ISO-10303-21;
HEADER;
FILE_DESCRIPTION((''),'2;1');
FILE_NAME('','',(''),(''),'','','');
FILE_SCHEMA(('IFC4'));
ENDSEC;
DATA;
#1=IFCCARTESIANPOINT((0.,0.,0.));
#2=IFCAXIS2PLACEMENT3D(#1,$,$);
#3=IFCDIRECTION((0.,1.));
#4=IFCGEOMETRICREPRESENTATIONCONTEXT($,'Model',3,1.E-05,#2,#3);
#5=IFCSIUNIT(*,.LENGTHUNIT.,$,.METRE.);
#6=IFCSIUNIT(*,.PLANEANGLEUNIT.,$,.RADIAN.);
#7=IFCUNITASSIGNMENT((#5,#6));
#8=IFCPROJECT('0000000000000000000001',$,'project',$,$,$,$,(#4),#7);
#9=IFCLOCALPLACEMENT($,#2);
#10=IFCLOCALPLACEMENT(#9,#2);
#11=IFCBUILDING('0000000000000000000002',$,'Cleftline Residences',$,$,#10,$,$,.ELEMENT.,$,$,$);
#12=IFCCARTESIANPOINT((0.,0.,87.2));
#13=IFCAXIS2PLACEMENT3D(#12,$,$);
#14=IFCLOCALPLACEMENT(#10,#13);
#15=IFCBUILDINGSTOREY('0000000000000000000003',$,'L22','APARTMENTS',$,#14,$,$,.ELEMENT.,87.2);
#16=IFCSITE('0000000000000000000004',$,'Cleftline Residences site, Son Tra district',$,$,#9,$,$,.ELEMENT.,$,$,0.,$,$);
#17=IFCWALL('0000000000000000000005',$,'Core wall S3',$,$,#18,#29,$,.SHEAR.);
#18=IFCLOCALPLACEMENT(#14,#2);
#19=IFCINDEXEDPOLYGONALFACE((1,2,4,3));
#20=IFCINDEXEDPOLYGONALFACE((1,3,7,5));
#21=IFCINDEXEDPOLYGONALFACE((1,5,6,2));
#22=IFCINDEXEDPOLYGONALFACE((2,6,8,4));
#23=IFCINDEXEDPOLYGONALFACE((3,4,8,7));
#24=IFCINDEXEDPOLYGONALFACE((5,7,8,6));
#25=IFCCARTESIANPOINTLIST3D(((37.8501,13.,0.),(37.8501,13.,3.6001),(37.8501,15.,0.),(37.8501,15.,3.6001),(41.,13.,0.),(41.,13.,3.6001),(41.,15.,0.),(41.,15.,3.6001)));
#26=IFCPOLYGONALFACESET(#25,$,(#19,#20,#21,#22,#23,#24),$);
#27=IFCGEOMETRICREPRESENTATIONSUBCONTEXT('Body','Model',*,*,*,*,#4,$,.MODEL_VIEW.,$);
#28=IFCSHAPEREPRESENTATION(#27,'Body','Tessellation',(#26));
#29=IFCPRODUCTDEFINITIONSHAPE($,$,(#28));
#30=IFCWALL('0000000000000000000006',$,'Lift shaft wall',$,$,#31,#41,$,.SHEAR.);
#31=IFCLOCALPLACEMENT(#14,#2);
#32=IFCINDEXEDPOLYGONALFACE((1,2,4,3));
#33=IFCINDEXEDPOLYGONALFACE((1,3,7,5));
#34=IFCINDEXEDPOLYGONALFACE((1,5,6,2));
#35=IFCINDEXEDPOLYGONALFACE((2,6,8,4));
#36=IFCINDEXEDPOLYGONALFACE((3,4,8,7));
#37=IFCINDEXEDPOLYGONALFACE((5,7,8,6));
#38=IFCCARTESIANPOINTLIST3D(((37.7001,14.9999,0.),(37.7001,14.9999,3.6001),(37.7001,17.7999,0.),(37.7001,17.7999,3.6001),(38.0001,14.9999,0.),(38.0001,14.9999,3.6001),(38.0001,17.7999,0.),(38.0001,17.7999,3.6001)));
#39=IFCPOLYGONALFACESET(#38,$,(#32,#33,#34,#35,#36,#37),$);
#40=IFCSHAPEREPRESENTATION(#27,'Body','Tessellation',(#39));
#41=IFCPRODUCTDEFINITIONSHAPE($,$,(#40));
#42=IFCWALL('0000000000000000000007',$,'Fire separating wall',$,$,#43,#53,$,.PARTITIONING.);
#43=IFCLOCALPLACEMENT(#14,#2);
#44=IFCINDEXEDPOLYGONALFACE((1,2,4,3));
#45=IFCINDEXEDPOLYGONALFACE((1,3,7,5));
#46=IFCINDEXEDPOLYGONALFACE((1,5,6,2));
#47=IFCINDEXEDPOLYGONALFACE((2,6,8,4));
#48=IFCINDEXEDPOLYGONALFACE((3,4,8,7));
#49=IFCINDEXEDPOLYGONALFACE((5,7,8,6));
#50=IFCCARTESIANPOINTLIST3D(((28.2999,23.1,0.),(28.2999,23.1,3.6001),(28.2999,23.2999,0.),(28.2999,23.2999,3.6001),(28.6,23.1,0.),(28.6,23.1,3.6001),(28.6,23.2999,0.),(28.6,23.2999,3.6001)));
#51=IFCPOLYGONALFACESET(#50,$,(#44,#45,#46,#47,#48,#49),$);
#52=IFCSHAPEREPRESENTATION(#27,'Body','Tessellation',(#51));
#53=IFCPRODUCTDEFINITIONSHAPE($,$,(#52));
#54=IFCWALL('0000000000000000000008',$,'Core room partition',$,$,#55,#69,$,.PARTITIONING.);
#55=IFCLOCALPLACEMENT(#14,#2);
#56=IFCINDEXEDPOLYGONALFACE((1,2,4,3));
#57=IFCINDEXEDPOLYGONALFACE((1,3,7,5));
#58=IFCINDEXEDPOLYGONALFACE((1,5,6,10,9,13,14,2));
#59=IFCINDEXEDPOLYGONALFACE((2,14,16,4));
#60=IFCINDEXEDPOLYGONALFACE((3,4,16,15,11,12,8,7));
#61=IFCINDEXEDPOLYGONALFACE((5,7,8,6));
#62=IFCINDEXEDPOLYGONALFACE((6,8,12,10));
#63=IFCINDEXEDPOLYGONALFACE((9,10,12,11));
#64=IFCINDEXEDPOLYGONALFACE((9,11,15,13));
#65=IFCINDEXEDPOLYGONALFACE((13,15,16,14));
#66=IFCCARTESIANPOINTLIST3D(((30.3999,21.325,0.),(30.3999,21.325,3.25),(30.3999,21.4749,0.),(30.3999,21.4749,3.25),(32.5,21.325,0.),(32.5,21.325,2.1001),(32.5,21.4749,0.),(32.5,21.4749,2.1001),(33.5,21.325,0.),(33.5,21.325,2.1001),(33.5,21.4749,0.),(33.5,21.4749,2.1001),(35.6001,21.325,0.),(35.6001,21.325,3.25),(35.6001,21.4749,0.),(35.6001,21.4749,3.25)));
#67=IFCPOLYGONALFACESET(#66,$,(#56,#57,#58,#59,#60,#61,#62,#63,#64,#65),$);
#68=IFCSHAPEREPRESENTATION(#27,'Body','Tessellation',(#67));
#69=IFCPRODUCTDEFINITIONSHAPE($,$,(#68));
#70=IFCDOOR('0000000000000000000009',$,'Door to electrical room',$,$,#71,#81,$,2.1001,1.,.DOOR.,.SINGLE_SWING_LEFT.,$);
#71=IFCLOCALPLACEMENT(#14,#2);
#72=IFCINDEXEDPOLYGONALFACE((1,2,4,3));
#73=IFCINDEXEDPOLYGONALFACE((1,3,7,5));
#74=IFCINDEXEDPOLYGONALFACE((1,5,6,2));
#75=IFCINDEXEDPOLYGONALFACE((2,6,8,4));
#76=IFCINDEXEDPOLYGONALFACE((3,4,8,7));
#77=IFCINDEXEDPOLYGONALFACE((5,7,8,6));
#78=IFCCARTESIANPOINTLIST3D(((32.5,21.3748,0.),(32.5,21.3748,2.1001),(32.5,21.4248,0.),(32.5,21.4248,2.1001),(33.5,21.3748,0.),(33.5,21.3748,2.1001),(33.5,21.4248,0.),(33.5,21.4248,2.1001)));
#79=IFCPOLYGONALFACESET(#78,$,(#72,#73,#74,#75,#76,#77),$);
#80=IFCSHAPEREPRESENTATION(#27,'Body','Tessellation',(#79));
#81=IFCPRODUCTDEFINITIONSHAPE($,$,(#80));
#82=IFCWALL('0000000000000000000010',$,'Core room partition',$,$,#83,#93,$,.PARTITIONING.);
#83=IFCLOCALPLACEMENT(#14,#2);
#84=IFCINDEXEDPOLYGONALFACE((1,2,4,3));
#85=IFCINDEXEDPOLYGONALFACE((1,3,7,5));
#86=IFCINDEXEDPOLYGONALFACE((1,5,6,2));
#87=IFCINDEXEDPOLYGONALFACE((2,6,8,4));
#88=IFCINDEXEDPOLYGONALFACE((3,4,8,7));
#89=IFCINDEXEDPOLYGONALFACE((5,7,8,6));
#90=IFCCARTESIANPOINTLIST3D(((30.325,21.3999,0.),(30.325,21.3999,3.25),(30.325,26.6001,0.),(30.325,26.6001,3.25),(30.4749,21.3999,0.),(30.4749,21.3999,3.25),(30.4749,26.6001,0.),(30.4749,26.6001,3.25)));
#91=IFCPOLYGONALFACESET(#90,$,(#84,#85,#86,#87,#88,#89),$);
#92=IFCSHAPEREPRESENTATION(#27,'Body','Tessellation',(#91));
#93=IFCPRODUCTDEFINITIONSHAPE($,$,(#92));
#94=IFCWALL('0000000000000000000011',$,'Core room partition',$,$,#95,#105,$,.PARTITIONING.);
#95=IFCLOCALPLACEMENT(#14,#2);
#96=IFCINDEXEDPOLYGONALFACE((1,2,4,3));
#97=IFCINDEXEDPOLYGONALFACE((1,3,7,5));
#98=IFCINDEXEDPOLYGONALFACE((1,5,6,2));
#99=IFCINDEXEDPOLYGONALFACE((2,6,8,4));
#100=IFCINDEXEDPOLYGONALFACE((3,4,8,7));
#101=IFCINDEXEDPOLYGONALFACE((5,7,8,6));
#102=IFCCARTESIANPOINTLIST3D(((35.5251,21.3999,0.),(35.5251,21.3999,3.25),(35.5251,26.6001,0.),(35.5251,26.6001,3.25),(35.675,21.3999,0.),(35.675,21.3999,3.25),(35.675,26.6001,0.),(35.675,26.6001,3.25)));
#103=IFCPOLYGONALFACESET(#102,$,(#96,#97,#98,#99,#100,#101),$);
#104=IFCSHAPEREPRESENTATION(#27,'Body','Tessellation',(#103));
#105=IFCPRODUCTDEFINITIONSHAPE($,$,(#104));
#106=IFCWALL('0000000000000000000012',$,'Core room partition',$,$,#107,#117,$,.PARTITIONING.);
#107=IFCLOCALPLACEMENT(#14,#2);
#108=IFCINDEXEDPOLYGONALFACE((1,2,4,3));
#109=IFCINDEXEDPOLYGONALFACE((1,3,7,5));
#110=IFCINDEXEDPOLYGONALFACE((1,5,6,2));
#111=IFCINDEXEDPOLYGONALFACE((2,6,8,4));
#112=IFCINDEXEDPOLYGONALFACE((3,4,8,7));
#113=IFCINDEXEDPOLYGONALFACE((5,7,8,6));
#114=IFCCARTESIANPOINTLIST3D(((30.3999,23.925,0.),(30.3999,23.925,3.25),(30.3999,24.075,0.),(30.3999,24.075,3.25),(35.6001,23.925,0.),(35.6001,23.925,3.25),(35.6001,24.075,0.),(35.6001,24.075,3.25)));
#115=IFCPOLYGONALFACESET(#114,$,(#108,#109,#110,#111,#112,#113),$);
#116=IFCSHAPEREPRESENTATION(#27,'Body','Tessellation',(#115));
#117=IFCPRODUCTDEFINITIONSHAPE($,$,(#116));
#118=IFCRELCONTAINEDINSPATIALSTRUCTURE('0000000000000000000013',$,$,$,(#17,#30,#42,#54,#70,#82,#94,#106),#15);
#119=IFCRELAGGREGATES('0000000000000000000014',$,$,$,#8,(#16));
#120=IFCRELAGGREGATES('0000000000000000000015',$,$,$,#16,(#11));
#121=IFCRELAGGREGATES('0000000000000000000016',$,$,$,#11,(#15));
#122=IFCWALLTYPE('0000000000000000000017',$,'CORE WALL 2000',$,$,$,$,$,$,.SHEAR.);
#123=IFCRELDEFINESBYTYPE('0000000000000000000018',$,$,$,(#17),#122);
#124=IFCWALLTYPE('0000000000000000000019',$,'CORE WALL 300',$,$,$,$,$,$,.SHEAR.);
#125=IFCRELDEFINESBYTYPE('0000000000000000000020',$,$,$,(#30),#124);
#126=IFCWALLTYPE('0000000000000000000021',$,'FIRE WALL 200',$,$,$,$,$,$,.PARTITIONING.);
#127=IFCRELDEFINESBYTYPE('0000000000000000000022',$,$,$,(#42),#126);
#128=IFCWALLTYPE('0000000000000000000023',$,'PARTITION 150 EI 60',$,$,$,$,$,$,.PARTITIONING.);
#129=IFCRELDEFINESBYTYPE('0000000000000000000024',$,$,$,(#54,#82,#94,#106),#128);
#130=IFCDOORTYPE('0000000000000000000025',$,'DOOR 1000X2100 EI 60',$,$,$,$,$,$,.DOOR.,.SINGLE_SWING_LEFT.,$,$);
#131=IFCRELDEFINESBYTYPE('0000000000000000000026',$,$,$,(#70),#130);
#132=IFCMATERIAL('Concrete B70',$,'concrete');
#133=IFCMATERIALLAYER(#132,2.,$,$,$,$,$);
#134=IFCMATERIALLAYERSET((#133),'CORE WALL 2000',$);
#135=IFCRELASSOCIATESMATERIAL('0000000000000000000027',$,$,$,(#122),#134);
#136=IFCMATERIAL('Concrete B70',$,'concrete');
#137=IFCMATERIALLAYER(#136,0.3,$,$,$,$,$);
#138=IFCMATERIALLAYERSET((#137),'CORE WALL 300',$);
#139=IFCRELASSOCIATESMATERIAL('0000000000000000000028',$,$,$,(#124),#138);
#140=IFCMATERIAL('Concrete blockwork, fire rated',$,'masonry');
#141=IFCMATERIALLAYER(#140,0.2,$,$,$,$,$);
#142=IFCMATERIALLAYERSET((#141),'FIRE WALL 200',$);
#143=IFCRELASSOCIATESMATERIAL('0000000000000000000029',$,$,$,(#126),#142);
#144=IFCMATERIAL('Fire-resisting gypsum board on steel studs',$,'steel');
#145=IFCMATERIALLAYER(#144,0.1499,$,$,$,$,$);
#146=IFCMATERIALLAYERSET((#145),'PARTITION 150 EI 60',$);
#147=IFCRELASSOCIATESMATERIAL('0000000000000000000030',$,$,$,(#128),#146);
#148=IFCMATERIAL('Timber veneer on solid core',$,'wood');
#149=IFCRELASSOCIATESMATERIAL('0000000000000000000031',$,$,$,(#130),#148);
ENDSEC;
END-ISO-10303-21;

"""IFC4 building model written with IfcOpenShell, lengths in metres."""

from ifc_helpers import new_model, si_unit, direction, frame, frame_2d, origin, place, context, subcontext, project, spatial, rectangle, extrude, material, layer, layer_set, type_object, element, fill, save


model = new_model("IFC4")

# Units and contexts
model_context = context("Model", 3, precision=1e-05, world=origin(), true_north=direction((0.0, 1.0)))
body_context = subcontext(model_context, "Body", "Model", "MODEL_VIEW")
ifc_project = project(units=[si_unit("LENGTHUNIT", "METRE"), si_unit("PLANEANGLEUNIT", "RADIAN")], contexts=[model_context])

# Site, building, storey
site_placement = place(None, origin())
site = spatial("IfcSite", under=ifc_project, at=site_placement, Name="Cleftline Residences site, Son Tra district", CompositionType="ELEMENT", RefElevation=0.0)
building_placement = place(site_placement, origin())
building = spatial("IfcBuilding", under=site, at=building_placement, Name="Cleftline Residences", CompositionType="ELEMENT")
storey_placement = place(building_placement, frame((0.0, 0.0, 87.2)))
storey = spatial("IfcBuildingStorey", under=building, at=storey_placement, Name="L22", Description="APARTMENTS", CompositionType="ELEMENT", Elevation=87.2)

# Walls
ifc_material_1 = material(Name="Concrete B70", Category="concrete")
ifc_layer_1 = layer(ifc_material_1, 2.0)
ifc_layer_set_1 = layer_set([ifc_layer_1], Name="CORE WALL 2000")
wall_type_1 = type_object("IfcWallType", Name="CORE WALL 2000", PredefinedType="SHEAR", material=ifc_layer_set_1)
wall_1_placement = place(storey_placement, frame((37.8501, 14.0, 0.0), z_axis=(0.0, 0.0, 1.0), x_axis=(1.0, 0.0, 0.0)))
element("IfcWall", 1, at=wall_1_placement, inside=storey, type_object=wall_type_1, Name="Core wall S3", PredefinedType="SHEAR", context=body_context, shape_type="SweptSolid", body=[
    extrude(rectangle(XDim=3.1499, YDim=2.0, at=frame_2d((1.575, 0.0))), origin(), (0.0, 0.0, 1.0), 3.6001),
])
ifc_material_2 = material(Name="Concrete B70", Category="concrete")
ifc_layer_2 = layer(ifc_material_2, 0.3)
ifc_layer_set_2 = layer_set([ifc_layer_2], Name="CORE WALL 300")
wall_type_2 = type_object("IfcWallType", Name="CORE WALL 300", PredefinedType="SHEAR", material=ifc_layer_set_2)
wall_2_placement = place(storey_placement, frame((37.8501, 15.0, 0.0), z_axis=(0.0, 0.0, 1.0), x_axis=(0.0, 1.0, 0.0)))
element("IfcWall", 2, at=wall_2_placement, inside=storey, type_object=wall_type_2, Name="Lift shaft wall", PredefinedType="SHEAR", context=body_context, shape_type="SweptSolid", body=[
    extrude(rectangle(XDim=2.8, YDim=0.3, at=frame_2d((1.3999, 0.0))), origin(), (0.0, 0.0, 1.0), 3.6001),
])
ifc_material_3 = material(Name="Concrete blockwork, fire rated", Category="masonry")
ifc_layer_3 = layer(ifc_material_3, 0.2)
ifc_layer_set_3 = layer_set([ifc_layer_3], Name="FIRE WALL 200")
wall_type_3 = type_object("IfcWallType", Name="FIRE WALL 200", PredefinedType="PARTITIONING", material=ifc_layer_set_3)
wall_3_placement = place(storey_placement, frame((28.3, 23.2, 0.0), z_axis=(0.0, 0.0, 1.0), x_axis=(1.0, 0.0, 0.0)))
element("IfcWall", 3, at=wall_3_placement, inside=storey, type_object=wall_type_3, Name="Fire separating wall", PredefinedType="PARTITIONING", context=body_context, shape_type="SweptSolid", body=[
    extrude(rectangle(XDim=0.3, YDim=0.2, at=frame_2d((0.1499, 0.0))), origin(), (0.0, 0.0, 1.0), 3.6001),
])

# Wall, opening, door
ifc_material_4 = material(Name="Fire-resisting gypsum board on steel studs", Category="steel")
ifc_layer_4 = layer(ifc_material_4, 0.1499)
ifc_layer_set_4 = layer_set([ifc_layer_4], Name="PARTITION 150 EI 60")
wall_type_4 = type_object("IfcWallType", Name="PARTITION 150 EI 60", PredefinedType="PARTITIONING", material=ifc_layer_set_4)
wall_4_placement = place(storey_placement, frame((30.3999, 21.3999, 0.0), z_axis=(0.0, 0.0, 1.0), x_axis=(1.0, 0.0, 0.0)))
wall_4 = element("IfcWall", 4, at=wall_4_placement, inside=storey, type_object=wall_type_4, Name="Core room partition", PredefinedType="PARTITIONING", context=body_context, shape_type="SweptSolid", body=[
    extrude(rectangle(XDim=5.2002, YDim=0.1499, at=frame_2d((2.6001, 0.0))), origin(), (0.0, 0.0, 1.0), 3.25),
])
opening_1_placement = place(wall_4_placement, frame((2.1001, 0.0, 0.0)))
opening_1 = element("IfcOpeningElement", 5, at=opening_1_placement, cuts=wall_4, PredefinedType="OPENING", context=body_context, shape_type="SweptSolid", body=[
    extrude(rectangle(XDim=1.0, YDim=2.1001, at=frame_2d((0.5, 1.05))), frame((0.0, 0.085, 0.0), z_axis=(0.0, -1.0, 0.0), x_axis=(1.0, 0.0, 0.0)), (0.0, 0.0, 1.0), 0.1699),
])
ifc_material_5 = material(Name="Timber veneer on solid core", Category="wood")
door_type_1 = type_object("IfcDoorType", Name="DOOR 1000X2100 EI 60", OperationType="SINGLE_SWING_LEFT", PredefinedType="DOOR", material=ifc_material_5)
door_1_placement = place(opening_1_placement, origin())
door_1 = element("IfcDoor", 6, at=door_1_placement, inside=storey, type_object=door_type_1, Name="Door to electrical room", OperationType="SINGLE_SWING_LEFT", OverallHeight=2.1001, OverallWidth=1.0, PredefinedType="DOOR", context=body_context, shape_type="SweptSolid", body=[
    extrude(rectangle(XDim=1.0, YDim=2.1001, at=frame_2d((0.5, 1.05))), frame((0.0, 0.0249, 0.0), z_axis=(0.0, -1.0, 0.0), x_axis=(1.0, 0.0, 0.0)), (0.0, 0.0, 1.0), 0.05),
])
fill(opening_1, door_1)

# Walls
for number, where, z_axis, x_axis, name in (
    (7, (30.3999, 21.3999, 0.0), (0.0, 0.0, 1.0), (0.0, 1.0, 0.0), "Core room partition"),
    (8, (35.6001, 21.3999, 0.0), (0.0, 0.0, 1.0), (0.0, 1.0, 0.0), "Core room partition"),
    (9, (30.3999, 24.0, 0.0), (0.0, 0.0, 1.0), (1.0, 0.0, 0.0), "Core room partition"),
):
    element("IfcWall", number, at=place(storey_placement, frame(where, z_axis=z_axis, x_axis=x_axis)), inside=storey, type_object=wall_type_4, Name=name, PredefinedType="PARTITIONING", context=body_context, shape_type="SweptSolid", body=[
        extrude(rectangle(XDim=5.2002, YDim=0.1499, at=frame_2d((2.6001, 0.0))), origin(), (0.0, 0.0, 1.0), 3.25),
    ])

save(model, "model.ifc")
